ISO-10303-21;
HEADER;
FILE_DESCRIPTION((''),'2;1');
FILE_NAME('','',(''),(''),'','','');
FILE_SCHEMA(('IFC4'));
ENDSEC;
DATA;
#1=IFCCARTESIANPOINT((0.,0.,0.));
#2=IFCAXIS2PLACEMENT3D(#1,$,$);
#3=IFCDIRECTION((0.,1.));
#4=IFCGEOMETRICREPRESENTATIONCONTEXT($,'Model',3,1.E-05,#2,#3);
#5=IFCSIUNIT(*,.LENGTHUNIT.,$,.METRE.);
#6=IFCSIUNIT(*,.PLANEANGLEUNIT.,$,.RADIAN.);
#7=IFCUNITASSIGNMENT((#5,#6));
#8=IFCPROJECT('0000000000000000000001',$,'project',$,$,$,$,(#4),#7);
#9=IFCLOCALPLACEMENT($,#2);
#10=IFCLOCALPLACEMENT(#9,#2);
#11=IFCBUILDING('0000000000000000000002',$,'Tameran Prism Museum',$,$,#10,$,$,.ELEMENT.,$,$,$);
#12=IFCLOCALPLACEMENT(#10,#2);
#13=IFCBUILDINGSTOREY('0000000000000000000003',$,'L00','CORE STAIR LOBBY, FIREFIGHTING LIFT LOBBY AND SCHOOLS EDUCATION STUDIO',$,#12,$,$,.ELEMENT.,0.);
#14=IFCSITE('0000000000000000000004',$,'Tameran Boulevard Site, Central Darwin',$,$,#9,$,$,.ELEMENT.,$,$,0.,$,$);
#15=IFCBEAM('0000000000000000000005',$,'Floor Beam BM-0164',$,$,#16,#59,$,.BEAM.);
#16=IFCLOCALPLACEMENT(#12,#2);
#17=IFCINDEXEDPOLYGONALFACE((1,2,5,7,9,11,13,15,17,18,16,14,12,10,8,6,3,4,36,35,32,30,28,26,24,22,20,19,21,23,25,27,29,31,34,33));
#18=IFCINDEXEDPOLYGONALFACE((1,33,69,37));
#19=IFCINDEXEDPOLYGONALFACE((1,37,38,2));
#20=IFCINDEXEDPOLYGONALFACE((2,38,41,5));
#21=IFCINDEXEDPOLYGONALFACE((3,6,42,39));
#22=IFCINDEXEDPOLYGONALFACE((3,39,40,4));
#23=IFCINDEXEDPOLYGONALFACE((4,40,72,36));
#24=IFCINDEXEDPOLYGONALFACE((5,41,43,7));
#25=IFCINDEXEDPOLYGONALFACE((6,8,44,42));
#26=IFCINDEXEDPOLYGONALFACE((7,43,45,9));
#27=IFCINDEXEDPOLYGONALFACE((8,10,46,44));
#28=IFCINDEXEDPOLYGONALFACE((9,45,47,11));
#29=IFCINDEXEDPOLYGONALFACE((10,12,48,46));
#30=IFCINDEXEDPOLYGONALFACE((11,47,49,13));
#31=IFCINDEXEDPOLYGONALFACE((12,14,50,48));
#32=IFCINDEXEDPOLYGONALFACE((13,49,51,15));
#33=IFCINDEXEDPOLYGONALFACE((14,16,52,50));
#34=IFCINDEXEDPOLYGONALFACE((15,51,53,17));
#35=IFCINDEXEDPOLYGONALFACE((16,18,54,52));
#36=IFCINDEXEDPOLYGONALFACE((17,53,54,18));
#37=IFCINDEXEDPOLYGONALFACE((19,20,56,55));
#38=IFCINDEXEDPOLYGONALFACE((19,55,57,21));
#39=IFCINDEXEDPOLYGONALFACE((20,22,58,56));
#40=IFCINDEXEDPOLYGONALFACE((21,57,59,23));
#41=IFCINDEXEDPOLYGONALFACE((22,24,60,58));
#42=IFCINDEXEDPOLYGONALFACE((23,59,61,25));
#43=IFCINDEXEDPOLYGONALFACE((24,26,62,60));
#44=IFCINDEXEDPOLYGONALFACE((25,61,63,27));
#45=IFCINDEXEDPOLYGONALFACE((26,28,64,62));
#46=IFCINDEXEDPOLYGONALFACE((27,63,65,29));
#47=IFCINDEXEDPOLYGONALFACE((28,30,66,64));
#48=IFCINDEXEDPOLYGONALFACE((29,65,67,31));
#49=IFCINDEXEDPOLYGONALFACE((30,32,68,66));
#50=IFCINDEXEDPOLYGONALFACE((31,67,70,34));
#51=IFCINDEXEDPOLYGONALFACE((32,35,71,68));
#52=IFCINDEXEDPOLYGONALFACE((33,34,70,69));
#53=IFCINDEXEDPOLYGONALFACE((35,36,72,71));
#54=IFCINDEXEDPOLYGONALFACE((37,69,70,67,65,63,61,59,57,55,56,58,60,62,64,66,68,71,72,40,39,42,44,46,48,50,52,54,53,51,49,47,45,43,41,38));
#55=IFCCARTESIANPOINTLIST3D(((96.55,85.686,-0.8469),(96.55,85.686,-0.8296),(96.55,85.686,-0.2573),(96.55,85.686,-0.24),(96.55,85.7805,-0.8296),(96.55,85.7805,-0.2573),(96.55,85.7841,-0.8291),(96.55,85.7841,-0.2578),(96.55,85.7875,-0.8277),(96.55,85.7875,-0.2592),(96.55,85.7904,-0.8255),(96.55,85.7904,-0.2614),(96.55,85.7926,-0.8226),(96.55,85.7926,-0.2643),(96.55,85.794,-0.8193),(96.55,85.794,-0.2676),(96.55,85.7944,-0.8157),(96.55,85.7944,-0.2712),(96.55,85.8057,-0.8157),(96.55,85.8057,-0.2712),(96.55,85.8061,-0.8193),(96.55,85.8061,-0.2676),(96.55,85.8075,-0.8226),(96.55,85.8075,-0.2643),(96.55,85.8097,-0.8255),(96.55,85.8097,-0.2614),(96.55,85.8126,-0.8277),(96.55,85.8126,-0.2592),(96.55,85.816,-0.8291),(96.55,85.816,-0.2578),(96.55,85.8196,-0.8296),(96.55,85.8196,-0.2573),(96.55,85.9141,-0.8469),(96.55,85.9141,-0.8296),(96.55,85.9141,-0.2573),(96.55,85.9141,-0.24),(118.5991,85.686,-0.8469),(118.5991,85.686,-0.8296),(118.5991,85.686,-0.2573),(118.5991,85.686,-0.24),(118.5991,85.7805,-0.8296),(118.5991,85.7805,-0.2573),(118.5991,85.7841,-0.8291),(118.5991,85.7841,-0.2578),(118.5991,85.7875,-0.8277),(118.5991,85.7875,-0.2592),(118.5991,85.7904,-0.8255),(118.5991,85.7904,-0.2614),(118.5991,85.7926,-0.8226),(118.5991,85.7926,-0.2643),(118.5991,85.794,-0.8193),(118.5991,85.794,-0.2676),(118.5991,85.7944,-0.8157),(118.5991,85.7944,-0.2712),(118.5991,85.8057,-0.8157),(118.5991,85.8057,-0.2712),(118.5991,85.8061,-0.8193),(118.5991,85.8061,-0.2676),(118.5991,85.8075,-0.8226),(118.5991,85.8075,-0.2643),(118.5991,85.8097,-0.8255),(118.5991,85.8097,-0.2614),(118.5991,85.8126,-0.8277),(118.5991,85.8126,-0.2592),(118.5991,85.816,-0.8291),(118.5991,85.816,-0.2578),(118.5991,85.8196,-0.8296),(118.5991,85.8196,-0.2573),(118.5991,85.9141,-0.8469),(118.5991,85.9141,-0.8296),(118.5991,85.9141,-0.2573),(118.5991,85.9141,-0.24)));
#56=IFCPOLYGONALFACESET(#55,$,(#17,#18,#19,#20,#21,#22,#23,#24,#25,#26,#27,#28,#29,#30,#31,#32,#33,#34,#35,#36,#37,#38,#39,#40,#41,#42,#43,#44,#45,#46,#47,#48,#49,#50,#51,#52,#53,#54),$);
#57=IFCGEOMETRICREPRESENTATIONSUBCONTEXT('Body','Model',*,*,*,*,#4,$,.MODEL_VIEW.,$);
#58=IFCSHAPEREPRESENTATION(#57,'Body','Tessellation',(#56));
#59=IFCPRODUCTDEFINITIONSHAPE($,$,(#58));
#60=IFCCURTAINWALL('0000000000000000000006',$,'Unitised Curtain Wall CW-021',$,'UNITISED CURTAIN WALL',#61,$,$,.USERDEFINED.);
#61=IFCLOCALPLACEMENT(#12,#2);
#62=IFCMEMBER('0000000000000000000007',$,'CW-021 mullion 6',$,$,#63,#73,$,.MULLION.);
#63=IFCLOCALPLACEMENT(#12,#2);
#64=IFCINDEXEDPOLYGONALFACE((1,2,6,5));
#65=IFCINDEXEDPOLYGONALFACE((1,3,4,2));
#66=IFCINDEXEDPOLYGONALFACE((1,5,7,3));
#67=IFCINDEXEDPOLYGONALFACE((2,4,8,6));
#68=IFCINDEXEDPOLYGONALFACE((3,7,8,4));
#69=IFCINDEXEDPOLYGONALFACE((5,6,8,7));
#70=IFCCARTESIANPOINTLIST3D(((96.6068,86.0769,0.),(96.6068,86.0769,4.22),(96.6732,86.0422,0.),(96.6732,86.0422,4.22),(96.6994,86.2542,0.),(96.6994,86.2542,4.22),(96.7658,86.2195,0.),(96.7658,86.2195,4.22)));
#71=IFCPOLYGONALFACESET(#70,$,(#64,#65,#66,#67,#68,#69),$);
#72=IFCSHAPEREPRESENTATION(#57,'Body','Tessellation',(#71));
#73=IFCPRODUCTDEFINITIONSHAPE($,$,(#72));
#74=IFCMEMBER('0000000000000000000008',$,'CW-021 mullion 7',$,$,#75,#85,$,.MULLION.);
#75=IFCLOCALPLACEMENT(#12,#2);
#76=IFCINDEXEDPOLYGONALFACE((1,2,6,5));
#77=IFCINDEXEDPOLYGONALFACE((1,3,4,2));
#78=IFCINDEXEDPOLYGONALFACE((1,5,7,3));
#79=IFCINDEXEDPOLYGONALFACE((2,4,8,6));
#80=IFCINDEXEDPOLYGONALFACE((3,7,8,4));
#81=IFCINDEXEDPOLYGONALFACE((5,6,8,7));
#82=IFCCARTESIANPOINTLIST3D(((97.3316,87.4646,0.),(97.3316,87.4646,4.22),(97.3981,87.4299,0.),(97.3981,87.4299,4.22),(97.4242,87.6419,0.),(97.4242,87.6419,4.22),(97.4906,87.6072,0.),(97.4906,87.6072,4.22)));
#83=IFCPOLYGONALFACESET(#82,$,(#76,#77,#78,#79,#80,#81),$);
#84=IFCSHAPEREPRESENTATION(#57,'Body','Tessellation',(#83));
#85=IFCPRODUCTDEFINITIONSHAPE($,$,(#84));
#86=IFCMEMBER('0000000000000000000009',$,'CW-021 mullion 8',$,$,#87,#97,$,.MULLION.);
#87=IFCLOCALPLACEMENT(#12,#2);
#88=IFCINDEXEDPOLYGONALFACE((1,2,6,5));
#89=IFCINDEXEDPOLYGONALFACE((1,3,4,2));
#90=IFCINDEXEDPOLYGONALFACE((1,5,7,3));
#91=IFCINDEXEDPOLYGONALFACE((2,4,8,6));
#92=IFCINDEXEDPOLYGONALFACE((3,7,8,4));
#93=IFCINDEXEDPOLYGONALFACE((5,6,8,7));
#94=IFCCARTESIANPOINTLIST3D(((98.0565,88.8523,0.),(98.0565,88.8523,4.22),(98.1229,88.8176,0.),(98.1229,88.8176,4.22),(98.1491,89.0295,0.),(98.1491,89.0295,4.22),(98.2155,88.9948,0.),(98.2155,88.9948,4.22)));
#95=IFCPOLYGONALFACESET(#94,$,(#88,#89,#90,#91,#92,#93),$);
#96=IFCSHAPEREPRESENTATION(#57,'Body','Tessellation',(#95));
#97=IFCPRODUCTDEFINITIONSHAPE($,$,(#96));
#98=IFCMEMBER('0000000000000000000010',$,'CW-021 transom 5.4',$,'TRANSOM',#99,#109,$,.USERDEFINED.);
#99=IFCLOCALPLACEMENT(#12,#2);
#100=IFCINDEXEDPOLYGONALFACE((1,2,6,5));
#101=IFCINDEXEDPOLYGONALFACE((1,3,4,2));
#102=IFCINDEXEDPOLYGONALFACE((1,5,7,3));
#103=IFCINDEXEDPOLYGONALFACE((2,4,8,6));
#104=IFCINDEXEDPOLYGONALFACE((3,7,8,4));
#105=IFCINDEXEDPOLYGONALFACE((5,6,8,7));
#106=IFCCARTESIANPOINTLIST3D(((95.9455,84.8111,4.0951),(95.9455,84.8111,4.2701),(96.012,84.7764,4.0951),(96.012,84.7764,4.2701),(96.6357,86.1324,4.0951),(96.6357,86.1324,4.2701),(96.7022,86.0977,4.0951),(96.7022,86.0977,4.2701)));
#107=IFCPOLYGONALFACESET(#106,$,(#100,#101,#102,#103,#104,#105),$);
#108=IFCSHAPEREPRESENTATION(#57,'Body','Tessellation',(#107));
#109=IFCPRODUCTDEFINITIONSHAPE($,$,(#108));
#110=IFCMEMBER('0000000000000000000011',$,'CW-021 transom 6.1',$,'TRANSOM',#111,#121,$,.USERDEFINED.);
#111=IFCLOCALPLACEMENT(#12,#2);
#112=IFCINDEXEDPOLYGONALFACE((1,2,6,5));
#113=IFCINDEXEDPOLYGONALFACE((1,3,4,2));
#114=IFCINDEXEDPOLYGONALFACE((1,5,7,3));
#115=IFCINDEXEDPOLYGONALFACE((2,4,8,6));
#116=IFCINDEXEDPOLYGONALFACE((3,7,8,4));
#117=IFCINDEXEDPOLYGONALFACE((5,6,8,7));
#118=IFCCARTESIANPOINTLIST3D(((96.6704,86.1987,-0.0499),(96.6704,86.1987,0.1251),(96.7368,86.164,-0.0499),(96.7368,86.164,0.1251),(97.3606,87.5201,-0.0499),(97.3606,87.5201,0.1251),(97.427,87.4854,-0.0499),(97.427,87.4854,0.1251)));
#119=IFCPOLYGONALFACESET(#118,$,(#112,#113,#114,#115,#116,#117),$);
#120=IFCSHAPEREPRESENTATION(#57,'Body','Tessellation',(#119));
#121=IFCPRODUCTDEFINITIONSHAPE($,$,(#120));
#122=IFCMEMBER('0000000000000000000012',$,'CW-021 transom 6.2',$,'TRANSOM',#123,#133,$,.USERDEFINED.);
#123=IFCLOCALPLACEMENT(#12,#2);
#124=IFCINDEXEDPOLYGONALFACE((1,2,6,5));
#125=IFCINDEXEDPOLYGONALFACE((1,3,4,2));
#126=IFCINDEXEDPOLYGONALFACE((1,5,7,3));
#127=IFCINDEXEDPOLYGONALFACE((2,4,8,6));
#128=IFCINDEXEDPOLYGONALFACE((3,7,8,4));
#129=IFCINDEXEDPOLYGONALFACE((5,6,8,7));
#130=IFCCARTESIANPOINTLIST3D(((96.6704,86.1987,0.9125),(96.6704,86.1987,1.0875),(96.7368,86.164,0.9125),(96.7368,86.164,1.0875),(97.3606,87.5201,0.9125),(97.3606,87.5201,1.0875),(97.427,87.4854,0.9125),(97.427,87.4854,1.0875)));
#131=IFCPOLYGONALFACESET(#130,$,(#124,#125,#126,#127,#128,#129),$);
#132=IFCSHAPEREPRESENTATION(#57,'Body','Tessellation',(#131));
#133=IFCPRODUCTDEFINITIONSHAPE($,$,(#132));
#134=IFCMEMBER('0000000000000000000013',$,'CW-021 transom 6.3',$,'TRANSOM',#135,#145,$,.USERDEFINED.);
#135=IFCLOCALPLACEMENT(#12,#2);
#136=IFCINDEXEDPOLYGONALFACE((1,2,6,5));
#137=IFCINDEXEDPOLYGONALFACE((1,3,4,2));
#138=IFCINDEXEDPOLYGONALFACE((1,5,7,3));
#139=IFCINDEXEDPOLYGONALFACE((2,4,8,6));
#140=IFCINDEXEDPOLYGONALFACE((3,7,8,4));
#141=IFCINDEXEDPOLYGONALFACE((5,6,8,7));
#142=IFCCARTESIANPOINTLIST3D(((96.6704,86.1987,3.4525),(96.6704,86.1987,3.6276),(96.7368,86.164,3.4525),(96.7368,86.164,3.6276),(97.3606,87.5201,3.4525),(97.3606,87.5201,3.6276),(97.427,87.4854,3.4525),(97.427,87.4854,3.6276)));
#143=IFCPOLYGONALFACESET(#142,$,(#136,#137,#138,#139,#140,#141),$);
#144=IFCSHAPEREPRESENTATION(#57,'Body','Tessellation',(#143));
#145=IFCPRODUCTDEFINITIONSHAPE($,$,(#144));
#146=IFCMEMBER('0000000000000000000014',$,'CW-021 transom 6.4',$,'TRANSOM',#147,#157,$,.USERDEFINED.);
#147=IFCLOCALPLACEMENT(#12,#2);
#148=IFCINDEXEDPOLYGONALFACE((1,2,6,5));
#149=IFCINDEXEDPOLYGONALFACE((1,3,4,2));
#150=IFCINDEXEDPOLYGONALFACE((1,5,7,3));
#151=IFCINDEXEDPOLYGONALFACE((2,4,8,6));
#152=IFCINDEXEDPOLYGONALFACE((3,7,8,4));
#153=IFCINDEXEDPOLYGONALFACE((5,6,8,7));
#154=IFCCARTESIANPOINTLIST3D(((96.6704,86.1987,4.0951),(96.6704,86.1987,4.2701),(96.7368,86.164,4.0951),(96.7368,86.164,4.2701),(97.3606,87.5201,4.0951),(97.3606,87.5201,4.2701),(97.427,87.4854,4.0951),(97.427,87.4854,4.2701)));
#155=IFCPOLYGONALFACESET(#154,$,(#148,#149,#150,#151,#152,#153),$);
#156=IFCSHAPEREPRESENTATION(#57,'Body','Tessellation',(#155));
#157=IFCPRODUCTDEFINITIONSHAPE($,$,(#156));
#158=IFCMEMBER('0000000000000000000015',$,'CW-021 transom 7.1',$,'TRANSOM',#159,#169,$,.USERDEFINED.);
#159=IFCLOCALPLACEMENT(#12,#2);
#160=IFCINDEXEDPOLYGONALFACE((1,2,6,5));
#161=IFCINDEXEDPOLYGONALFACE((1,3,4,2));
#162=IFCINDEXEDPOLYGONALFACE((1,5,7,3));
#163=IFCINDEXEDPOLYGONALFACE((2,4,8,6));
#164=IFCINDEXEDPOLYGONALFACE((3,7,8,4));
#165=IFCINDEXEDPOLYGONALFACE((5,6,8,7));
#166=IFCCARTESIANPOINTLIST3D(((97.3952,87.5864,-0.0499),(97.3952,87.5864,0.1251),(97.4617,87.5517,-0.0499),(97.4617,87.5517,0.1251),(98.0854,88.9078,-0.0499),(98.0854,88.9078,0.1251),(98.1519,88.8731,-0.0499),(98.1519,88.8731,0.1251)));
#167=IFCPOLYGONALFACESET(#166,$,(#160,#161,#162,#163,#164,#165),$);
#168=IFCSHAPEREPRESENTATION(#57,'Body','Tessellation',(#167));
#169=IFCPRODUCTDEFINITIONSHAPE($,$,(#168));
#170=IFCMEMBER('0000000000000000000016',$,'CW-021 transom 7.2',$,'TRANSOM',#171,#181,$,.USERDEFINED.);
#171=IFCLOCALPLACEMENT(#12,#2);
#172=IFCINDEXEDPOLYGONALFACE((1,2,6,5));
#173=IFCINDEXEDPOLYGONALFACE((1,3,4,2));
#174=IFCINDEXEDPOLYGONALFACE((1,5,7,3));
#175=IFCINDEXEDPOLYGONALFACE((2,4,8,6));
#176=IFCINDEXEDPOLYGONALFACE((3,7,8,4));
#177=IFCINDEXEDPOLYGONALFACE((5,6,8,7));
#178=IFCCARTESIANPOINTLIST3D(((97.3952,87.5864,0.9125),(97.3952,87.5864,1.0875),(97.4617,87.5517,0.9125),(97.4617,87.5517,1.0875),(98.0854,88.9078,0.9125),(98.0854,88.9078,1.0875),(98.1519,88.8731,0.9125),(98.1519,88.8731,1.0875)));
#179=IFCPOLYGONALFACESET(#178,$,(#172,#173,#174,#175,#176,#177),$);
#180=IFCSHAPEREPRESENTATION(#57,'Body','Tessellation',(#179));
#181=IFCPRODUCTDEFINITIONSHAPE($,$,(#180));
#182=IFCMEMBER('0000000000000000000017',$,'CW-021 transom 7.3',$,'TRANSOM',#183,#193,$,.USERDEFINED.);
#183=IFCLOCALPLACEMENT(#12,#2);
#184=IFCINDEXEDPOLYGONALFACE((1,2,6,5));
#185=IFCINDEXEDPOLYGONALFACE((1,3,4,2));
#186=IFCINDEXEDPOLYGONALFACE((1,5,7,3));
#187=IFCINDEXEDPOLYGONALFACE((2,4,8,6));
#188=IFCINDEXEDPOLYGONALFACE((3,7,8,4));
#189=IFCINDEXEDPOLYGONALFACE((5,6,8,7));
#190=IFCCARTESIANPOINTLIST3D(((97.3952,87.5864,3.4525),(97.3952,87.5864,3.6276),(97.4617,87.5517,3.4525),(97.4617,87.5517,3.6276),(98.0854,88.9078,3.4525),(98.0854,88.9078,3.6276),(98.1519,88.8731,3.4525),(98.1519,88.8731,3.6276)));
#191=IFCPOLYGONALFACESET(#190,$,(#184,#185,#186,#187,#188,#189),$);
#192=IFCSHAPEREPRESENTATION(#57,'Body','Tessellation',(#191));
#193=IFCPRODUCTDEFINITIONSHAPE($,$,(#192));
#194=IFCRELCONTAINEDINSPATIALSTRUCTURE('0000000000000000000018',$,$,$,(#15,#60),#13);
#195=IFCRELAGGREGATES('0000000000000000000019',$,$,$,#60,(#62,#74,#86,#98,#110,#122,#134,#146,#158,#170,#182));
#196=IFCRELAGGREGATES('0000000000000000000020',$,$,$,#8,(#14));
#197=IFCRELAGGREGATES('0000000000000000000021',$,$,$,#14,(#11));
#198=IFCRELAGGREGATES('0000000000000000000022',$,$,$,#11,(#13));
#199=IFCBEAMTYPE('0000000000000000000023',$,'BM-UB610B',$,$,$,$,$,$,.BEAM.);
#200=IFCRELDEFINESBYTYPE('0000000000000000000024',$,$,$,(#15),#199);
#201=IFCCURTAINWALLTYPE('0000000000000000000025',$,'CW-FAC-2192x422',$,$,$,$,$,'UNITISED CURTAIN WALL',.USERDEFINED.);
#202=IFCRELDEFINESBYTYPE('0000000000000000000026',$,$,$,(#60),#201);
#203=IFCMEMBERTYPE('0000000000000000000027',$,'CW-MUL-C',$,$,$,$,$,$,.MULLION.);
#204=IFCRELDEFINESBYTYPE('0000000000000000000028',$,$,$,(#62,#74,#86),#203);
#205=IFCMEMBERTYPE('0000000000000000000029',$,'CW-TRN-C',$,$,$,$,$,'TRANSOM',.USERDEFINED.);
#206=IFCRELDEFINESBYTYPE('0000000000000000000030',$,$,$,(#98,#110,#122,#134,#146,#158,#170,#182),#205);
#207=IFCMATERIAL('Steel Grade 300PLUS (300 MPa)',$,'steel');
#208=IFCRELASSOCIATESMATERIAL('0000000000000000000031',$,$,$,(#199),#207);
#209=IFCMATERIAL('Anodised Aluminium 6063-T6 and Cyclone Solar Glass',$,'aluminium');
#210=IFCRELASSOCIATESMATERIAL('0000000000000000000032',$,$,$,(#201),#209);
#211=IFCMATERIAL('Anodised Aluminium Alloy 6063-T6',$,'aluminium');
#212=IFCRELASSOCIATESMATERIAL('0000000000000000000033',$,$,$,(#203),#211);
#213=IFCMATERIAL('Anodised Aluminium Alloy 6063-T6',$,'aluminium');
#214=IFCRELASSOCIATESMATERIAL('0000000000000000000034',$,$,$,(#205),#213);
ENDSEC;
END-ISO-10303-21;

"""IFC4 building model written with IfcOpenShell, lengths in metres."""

from ifc_helpers import new_model, si_unit, direction, frame, origin, origin_2d, place, context, subcontext, project, spatial, rectangle, i_section, extrude, material, material_profile, profile_set, type_object, element, aggregate, save


model = new_model("IFC4")

# Units and contexts
model_context = context("Model", 3, precision=1e-05, world=origin(), true_north=direction((0.0, 1.0)))
body_context = subcontext(model_context, "Body", "Model", "MODEL_VIEW")
ifc_project = project(units=[si_unit("LENGTHUNIT", "METRE"), si_unit("PLANEANGLEUNIT", "RADIAN")], contexts=[model_context])

# Site, building, storey
site_placement = place(None, origin())
site = spatial("IfcSite", under=ifc_project, at=site_placement, Name="Tameran Boulevard Site, Central Darwin", CompositionType="ELEMENT", RefElevation=0.0)
building_placement = place(site_placement, origin())
building = spatial("IfcBuilding", under=site, at=building_placement, Name="Tameran Prism Museum", CompositionType="ELEMENT")
storey_placement = place(building_placement, origin())
storey = spatial("IfcBuildingStorey", under=building, at=storey_placement, Name="L00", Description="CORE STAIR LOBBY, FIREFIGHTING LIFT LOBBY AND SCHOOLS EDUCATION STUDIO", CompositionType="ELEMENT", Elevation=0.0)

# Beam
ifc_material_1 = material(Name="Steel Grade 300PLUS (300 MPa)", Category="steel")
ifc_material_profile_1 = material_profile(ifc_material_1, i_section(OverallWidth=0.228, OverallDepth=0.6069, WebThickness=0.0112, FlangeThickness=0.0173, FilletRadius=0.0139, at=origin_2d()))
ifc_profile_set_1 = profile_set([ifc_material_profile_1])
beam_type = type_object("IfcBeamType", Name="BM-UB610B", PredefinedType="BEAM", material=ifc_profile_set_1)
beam_placement = place(storey_placement, frame((96.55, 85.8, -0.5435), z_axis=(1.0, 0.0, 0.0), x_axis=(0.0, 1.0, 0.0)))
element("IfcBeam", 1, at=beam_placement, inside=storey, type_object=beam_type, Name="Floor Beam BM-0164", PredefinedType="BEAM", context=body_context, shape_type="SweptSolid", body=[
    extrude(i_section(OverallWidth=0.228, OverallDepth=0.6069, WebThickness=0.0112, FlangeThickness=0.0173, FilletRadius=0.0139, at=origin_2d()), origin(), (0.0, 0.0, 1.0), 22.0491),
])

# Curtain wall, members
ifc_material_2 = material(Name="Anodised Aluminium 6063-T6 and Cyclone Solar Glass", Category="aluminium")
curtain_wall_type = type_object("IfcCurtainWallType", Name="CW-FAC-2192x422", ElementType="UNITISED CURTAIN WALL", PredefinedType="USERDEFINED", material=ifc_material_2)
curtain_wall_placement = place(storey_placement, origin())
curtain_wall = element("IfcCurtainWall", 2, at=curtain_wall_placement, inside=storey, type_object=curtain_wall_type, Name="Unitised Curtain Wall CW-021", ObjectType="UNITISED CURTAIN WALL", PredefinedType="USERDEFINED")
ifc_material_3 = material(Name="Anodised Aluminium Alloy 6063-T6", Category="aluminium")
ifc_material_profile_2 = material_profile(ifc_material_3, rectangle(XDim=0.075, YDim=0.2, at=origin_2d()))
ifc_profile_set_2 = profile_set([ifc_material_profile_2])
member_type_1 = type_object("IfcMemberType", Name="CW-MUL-C", PredefinedType="MULLION", material=ifc_profile_set_2)
member_1_placement = place(storey_placement, frame((96.6863, 86.1482, 0.0), z_axis=(0.0, 0.0, 1.0), x_axis=(-0.886357, 0.463003, 0.0)))
member_1 = element("IfcMember", 3, at=member_1_placement, type_object=member_type_1, Name="CW-021 mullion 6", PredefinedType="MULLION", context=body_context, shape_type="SweptSolid", body=[
    extrude(rectangle(XDim=0.075, YDim=0.2, at=origin_2d()), origin(), (0.0, 0.0, 1.0), 4.22),
])
member_2_placement = place(storey_placement, frame((97.4111, 87.5359, 0.0), z_axis=(0.0, 0.0, 1.0), x_axis=(-0.886357, 0.463003, 0.0)))
member_2 = element("IfcMember", 4, at=member_2_placement, type_object=member_type_1, Name="CW-021 mullion 7", PredefinedType="MULLION", context=body_context, shape_type="SweptSolid", body=[
    extrude(rectangle(XDim=0.075, YDim=0.2, at=origin_2d()), origin(), (0.0, 0.0, 1.0), 4.22),
])
member_3_placement = place(storey_placement, frame((98.136, 88.9236, 0.0), z_axis=(0.0, 0.0, 1.0), x_axis=(-0.886357, 0.463003, 0.0)))
member_3 = element("IfcMember", 5, at=member_3_placement, type_object=member_type_1, Name="CW-021 mullion 8", PredefinedType="MULLION", context=body_context, shape_type="SweptSolid", body=[
    extrude(rectangle(XDim=0.075, YDim=0.2, at=origin_2d()), origin(), (0.0, 0.0, 1.0), 4.22),
])
ifc_material_4 = material(Name="Anodised Aluminium Alloy 6063-T6", Category="aluminium")
ifc_material_profile_3 = material_profile(ifc_material_4, rectangle(XDim=0.075, YDim=0.175, at=origin_2d()))
ifc_profile_set_3 = profile_set([ifc_material_profile_3])
member_type_2 = type_object("IfcMemberType", Name="CW-TRN-C", ElementType="TRANSOM", PredefinedType="USERDEFINED", material=ifc_profile_set_3)
member_4_placement = place(storey_placement, frame((95.9788, 84.7937, 4.1826), z_axis=(0.462997, 0.88636, 0.0), x_axis=(-0.88636, 0.462997, 0.0)))
member_4 = element("IfcMember", 6, at=member_4_placement, type_object=member_type_2, Name="CW-021 transom 5.4", ObjectType="TRANSOM", PredefinedType="USERDEFINED", context=body_context, shape_type="SweptSolid", body=[
    extrude(rectangle(XDim=0.075, YDim=0.175, at=origin_2d()), origin(), (0.0, 0.0, 1.0), 1.4907),
])
member_5_placement = place(storey_placement, frame((96.7036, 86.1814, 0.0376), z_axis=(0.462997, 0.88636, 0.0), x_axis=(-0.88636, 0.462997, 0.0)))
member_5 = element("IfcMember", 7, at=member_5_placement, type_object=member_type_2, Name="CW-021 transom 6.1", ObjectType="TRANSOM", PredefinedType="USERDEFINED", context=body_context, shape_type="SweptSolid", body=[
    extrude(rectangle(XDim=0.075, YDim=0.175, at=origin_2d()), origin(), (0.0, 0.0, 1.0), 1.4907),
])
member_6_placement = place(storey_placement, frame((96.7036, 86.1814, 1.0), z_axis=(0.462997, 0.88636, 0.0), x_axis=(-0.88636, 0.462997, 0.0)))
member_6 = element("IfcMember", 8, at=member_6_placement, type_object=member_type_2, Name="CW-021 transom 6.2", ObjectType="TRANSOM", PredefinedType="USERDEFINED", context=body_context, shape_type="SweptSolid", body=[
    extrude(rectangle(XDim=0.075, YDim=0.175, at=origin_2d()), origin(), (0.0, 0.0, 1.0), 1.4907),
])
member_7_placement = place(storey_placement, frame((96.7036, 86.1814, 3.54), z_axis=(0.462997, 0.88636, 0.0), x_axis=(-0.88636, 0.462997, 0.0)))
member_7 = element("IfcMember", 9, at=member_7_placement, type_object=member_type_2, Name="CW-021 transom 6.3", ObjectType="TRANSOM", PredefinedType="USERDEFINED", context=body_context, shape_type="SweptSolid", body=[
    extrude(rectangle(XDim=0.075, YDim=0.175, at=origin_2d()), origin(), (0.0, 0.0, 1.0), 1.4907),
])
member_8_placement = place(storey_placement, frame((96.7036, 86.1814, 4.1826), z_axis=(0.462997, 0.88636, 0.0), x_axis=(-0.88636, 0.462997, 0.0)))
member_8 = element("IfcMember", 10, at=member_8_placement, type_object=member_type_2, Name="CW-021 transom 6.4", ObjectType="TRANSOM", PredefinedType="USERDEFINED", context=body_context, shape_type="SweptSolid", body=[
    extrude(rectangle(XDim=0.075, YDim=0.175, at=origin_2d()), origin(), (0.0, 0.0, 1.0), 1.4907),
])
member_9_placement = place(storey_placement, frame((97.4285, 87.5691, 0.0376), z_axis=(0.462997, 0.88636, 0.0), x_axis=(-0.88636, 0.462997, 0.0)))
member_9 = element("IfcMember", 11, at=member_9_placement, type_object=member_type_2, Name="CW-021 transom 7.1", ObjectType="TRANSOM", PredefinedType="USERDEFINED", context=body_context, shape_type="SweptSolid", body=[
    extrude(rectangle(XDim=0.075, YDim=0.175, at=origin_2d()), origin(), (0.0, 0.0, 1.0), 1.4907),
])
member_10_placement = place(storey_placement, frame((97.4285, 87.5691, 1.0), z_axis=(0.462997, 0.88636, 0.0), x_axis=(-0.88636, 0.462997, 0.0)))
member_10 = element("IfcMember", 12, at=member_10_placement, type_object=member_type_2, Name="CW-021 transom 7.2", ObjectType="TRANSOM", PredefinedType="USERDEFINED", context=body_context, shape_type="SweptSolid", body=[
    extrude(rectangle(XDim=0.075, YDim=0.175, at=origin_2d()), origin(), (0.0, 0.0, 1.0), 1.4907),
])
member_11_placement = place(storey_placement, frame((97.4285, 87.5691, 3.54), z_axis=(0.462997, 0.88636, 0.0), x_axis=(-0.88636, 0.462997, 0.0)))
member_11 = element("IfcMember", 13, at=member_11_placement, type_object=member_type_2, Name="CW-021 transom 7.3", ObjectType="TRANSOM", PredefinedType="USERDEFINED", context=body_context, shape_type="SweptSolid", body=[
    extrude(rectangle(XDim=0.075, YDim=0.175, at=origin_2d()), origin(), (0.0, 0.0, 1.0), 1.4907),
])
aggregate(curtain_wall, [member_1, member_2, member_3, member_4, member_5, member_6, member_7, member_8, member_9, member_10, member_11])

save(model, "model.ifc")
